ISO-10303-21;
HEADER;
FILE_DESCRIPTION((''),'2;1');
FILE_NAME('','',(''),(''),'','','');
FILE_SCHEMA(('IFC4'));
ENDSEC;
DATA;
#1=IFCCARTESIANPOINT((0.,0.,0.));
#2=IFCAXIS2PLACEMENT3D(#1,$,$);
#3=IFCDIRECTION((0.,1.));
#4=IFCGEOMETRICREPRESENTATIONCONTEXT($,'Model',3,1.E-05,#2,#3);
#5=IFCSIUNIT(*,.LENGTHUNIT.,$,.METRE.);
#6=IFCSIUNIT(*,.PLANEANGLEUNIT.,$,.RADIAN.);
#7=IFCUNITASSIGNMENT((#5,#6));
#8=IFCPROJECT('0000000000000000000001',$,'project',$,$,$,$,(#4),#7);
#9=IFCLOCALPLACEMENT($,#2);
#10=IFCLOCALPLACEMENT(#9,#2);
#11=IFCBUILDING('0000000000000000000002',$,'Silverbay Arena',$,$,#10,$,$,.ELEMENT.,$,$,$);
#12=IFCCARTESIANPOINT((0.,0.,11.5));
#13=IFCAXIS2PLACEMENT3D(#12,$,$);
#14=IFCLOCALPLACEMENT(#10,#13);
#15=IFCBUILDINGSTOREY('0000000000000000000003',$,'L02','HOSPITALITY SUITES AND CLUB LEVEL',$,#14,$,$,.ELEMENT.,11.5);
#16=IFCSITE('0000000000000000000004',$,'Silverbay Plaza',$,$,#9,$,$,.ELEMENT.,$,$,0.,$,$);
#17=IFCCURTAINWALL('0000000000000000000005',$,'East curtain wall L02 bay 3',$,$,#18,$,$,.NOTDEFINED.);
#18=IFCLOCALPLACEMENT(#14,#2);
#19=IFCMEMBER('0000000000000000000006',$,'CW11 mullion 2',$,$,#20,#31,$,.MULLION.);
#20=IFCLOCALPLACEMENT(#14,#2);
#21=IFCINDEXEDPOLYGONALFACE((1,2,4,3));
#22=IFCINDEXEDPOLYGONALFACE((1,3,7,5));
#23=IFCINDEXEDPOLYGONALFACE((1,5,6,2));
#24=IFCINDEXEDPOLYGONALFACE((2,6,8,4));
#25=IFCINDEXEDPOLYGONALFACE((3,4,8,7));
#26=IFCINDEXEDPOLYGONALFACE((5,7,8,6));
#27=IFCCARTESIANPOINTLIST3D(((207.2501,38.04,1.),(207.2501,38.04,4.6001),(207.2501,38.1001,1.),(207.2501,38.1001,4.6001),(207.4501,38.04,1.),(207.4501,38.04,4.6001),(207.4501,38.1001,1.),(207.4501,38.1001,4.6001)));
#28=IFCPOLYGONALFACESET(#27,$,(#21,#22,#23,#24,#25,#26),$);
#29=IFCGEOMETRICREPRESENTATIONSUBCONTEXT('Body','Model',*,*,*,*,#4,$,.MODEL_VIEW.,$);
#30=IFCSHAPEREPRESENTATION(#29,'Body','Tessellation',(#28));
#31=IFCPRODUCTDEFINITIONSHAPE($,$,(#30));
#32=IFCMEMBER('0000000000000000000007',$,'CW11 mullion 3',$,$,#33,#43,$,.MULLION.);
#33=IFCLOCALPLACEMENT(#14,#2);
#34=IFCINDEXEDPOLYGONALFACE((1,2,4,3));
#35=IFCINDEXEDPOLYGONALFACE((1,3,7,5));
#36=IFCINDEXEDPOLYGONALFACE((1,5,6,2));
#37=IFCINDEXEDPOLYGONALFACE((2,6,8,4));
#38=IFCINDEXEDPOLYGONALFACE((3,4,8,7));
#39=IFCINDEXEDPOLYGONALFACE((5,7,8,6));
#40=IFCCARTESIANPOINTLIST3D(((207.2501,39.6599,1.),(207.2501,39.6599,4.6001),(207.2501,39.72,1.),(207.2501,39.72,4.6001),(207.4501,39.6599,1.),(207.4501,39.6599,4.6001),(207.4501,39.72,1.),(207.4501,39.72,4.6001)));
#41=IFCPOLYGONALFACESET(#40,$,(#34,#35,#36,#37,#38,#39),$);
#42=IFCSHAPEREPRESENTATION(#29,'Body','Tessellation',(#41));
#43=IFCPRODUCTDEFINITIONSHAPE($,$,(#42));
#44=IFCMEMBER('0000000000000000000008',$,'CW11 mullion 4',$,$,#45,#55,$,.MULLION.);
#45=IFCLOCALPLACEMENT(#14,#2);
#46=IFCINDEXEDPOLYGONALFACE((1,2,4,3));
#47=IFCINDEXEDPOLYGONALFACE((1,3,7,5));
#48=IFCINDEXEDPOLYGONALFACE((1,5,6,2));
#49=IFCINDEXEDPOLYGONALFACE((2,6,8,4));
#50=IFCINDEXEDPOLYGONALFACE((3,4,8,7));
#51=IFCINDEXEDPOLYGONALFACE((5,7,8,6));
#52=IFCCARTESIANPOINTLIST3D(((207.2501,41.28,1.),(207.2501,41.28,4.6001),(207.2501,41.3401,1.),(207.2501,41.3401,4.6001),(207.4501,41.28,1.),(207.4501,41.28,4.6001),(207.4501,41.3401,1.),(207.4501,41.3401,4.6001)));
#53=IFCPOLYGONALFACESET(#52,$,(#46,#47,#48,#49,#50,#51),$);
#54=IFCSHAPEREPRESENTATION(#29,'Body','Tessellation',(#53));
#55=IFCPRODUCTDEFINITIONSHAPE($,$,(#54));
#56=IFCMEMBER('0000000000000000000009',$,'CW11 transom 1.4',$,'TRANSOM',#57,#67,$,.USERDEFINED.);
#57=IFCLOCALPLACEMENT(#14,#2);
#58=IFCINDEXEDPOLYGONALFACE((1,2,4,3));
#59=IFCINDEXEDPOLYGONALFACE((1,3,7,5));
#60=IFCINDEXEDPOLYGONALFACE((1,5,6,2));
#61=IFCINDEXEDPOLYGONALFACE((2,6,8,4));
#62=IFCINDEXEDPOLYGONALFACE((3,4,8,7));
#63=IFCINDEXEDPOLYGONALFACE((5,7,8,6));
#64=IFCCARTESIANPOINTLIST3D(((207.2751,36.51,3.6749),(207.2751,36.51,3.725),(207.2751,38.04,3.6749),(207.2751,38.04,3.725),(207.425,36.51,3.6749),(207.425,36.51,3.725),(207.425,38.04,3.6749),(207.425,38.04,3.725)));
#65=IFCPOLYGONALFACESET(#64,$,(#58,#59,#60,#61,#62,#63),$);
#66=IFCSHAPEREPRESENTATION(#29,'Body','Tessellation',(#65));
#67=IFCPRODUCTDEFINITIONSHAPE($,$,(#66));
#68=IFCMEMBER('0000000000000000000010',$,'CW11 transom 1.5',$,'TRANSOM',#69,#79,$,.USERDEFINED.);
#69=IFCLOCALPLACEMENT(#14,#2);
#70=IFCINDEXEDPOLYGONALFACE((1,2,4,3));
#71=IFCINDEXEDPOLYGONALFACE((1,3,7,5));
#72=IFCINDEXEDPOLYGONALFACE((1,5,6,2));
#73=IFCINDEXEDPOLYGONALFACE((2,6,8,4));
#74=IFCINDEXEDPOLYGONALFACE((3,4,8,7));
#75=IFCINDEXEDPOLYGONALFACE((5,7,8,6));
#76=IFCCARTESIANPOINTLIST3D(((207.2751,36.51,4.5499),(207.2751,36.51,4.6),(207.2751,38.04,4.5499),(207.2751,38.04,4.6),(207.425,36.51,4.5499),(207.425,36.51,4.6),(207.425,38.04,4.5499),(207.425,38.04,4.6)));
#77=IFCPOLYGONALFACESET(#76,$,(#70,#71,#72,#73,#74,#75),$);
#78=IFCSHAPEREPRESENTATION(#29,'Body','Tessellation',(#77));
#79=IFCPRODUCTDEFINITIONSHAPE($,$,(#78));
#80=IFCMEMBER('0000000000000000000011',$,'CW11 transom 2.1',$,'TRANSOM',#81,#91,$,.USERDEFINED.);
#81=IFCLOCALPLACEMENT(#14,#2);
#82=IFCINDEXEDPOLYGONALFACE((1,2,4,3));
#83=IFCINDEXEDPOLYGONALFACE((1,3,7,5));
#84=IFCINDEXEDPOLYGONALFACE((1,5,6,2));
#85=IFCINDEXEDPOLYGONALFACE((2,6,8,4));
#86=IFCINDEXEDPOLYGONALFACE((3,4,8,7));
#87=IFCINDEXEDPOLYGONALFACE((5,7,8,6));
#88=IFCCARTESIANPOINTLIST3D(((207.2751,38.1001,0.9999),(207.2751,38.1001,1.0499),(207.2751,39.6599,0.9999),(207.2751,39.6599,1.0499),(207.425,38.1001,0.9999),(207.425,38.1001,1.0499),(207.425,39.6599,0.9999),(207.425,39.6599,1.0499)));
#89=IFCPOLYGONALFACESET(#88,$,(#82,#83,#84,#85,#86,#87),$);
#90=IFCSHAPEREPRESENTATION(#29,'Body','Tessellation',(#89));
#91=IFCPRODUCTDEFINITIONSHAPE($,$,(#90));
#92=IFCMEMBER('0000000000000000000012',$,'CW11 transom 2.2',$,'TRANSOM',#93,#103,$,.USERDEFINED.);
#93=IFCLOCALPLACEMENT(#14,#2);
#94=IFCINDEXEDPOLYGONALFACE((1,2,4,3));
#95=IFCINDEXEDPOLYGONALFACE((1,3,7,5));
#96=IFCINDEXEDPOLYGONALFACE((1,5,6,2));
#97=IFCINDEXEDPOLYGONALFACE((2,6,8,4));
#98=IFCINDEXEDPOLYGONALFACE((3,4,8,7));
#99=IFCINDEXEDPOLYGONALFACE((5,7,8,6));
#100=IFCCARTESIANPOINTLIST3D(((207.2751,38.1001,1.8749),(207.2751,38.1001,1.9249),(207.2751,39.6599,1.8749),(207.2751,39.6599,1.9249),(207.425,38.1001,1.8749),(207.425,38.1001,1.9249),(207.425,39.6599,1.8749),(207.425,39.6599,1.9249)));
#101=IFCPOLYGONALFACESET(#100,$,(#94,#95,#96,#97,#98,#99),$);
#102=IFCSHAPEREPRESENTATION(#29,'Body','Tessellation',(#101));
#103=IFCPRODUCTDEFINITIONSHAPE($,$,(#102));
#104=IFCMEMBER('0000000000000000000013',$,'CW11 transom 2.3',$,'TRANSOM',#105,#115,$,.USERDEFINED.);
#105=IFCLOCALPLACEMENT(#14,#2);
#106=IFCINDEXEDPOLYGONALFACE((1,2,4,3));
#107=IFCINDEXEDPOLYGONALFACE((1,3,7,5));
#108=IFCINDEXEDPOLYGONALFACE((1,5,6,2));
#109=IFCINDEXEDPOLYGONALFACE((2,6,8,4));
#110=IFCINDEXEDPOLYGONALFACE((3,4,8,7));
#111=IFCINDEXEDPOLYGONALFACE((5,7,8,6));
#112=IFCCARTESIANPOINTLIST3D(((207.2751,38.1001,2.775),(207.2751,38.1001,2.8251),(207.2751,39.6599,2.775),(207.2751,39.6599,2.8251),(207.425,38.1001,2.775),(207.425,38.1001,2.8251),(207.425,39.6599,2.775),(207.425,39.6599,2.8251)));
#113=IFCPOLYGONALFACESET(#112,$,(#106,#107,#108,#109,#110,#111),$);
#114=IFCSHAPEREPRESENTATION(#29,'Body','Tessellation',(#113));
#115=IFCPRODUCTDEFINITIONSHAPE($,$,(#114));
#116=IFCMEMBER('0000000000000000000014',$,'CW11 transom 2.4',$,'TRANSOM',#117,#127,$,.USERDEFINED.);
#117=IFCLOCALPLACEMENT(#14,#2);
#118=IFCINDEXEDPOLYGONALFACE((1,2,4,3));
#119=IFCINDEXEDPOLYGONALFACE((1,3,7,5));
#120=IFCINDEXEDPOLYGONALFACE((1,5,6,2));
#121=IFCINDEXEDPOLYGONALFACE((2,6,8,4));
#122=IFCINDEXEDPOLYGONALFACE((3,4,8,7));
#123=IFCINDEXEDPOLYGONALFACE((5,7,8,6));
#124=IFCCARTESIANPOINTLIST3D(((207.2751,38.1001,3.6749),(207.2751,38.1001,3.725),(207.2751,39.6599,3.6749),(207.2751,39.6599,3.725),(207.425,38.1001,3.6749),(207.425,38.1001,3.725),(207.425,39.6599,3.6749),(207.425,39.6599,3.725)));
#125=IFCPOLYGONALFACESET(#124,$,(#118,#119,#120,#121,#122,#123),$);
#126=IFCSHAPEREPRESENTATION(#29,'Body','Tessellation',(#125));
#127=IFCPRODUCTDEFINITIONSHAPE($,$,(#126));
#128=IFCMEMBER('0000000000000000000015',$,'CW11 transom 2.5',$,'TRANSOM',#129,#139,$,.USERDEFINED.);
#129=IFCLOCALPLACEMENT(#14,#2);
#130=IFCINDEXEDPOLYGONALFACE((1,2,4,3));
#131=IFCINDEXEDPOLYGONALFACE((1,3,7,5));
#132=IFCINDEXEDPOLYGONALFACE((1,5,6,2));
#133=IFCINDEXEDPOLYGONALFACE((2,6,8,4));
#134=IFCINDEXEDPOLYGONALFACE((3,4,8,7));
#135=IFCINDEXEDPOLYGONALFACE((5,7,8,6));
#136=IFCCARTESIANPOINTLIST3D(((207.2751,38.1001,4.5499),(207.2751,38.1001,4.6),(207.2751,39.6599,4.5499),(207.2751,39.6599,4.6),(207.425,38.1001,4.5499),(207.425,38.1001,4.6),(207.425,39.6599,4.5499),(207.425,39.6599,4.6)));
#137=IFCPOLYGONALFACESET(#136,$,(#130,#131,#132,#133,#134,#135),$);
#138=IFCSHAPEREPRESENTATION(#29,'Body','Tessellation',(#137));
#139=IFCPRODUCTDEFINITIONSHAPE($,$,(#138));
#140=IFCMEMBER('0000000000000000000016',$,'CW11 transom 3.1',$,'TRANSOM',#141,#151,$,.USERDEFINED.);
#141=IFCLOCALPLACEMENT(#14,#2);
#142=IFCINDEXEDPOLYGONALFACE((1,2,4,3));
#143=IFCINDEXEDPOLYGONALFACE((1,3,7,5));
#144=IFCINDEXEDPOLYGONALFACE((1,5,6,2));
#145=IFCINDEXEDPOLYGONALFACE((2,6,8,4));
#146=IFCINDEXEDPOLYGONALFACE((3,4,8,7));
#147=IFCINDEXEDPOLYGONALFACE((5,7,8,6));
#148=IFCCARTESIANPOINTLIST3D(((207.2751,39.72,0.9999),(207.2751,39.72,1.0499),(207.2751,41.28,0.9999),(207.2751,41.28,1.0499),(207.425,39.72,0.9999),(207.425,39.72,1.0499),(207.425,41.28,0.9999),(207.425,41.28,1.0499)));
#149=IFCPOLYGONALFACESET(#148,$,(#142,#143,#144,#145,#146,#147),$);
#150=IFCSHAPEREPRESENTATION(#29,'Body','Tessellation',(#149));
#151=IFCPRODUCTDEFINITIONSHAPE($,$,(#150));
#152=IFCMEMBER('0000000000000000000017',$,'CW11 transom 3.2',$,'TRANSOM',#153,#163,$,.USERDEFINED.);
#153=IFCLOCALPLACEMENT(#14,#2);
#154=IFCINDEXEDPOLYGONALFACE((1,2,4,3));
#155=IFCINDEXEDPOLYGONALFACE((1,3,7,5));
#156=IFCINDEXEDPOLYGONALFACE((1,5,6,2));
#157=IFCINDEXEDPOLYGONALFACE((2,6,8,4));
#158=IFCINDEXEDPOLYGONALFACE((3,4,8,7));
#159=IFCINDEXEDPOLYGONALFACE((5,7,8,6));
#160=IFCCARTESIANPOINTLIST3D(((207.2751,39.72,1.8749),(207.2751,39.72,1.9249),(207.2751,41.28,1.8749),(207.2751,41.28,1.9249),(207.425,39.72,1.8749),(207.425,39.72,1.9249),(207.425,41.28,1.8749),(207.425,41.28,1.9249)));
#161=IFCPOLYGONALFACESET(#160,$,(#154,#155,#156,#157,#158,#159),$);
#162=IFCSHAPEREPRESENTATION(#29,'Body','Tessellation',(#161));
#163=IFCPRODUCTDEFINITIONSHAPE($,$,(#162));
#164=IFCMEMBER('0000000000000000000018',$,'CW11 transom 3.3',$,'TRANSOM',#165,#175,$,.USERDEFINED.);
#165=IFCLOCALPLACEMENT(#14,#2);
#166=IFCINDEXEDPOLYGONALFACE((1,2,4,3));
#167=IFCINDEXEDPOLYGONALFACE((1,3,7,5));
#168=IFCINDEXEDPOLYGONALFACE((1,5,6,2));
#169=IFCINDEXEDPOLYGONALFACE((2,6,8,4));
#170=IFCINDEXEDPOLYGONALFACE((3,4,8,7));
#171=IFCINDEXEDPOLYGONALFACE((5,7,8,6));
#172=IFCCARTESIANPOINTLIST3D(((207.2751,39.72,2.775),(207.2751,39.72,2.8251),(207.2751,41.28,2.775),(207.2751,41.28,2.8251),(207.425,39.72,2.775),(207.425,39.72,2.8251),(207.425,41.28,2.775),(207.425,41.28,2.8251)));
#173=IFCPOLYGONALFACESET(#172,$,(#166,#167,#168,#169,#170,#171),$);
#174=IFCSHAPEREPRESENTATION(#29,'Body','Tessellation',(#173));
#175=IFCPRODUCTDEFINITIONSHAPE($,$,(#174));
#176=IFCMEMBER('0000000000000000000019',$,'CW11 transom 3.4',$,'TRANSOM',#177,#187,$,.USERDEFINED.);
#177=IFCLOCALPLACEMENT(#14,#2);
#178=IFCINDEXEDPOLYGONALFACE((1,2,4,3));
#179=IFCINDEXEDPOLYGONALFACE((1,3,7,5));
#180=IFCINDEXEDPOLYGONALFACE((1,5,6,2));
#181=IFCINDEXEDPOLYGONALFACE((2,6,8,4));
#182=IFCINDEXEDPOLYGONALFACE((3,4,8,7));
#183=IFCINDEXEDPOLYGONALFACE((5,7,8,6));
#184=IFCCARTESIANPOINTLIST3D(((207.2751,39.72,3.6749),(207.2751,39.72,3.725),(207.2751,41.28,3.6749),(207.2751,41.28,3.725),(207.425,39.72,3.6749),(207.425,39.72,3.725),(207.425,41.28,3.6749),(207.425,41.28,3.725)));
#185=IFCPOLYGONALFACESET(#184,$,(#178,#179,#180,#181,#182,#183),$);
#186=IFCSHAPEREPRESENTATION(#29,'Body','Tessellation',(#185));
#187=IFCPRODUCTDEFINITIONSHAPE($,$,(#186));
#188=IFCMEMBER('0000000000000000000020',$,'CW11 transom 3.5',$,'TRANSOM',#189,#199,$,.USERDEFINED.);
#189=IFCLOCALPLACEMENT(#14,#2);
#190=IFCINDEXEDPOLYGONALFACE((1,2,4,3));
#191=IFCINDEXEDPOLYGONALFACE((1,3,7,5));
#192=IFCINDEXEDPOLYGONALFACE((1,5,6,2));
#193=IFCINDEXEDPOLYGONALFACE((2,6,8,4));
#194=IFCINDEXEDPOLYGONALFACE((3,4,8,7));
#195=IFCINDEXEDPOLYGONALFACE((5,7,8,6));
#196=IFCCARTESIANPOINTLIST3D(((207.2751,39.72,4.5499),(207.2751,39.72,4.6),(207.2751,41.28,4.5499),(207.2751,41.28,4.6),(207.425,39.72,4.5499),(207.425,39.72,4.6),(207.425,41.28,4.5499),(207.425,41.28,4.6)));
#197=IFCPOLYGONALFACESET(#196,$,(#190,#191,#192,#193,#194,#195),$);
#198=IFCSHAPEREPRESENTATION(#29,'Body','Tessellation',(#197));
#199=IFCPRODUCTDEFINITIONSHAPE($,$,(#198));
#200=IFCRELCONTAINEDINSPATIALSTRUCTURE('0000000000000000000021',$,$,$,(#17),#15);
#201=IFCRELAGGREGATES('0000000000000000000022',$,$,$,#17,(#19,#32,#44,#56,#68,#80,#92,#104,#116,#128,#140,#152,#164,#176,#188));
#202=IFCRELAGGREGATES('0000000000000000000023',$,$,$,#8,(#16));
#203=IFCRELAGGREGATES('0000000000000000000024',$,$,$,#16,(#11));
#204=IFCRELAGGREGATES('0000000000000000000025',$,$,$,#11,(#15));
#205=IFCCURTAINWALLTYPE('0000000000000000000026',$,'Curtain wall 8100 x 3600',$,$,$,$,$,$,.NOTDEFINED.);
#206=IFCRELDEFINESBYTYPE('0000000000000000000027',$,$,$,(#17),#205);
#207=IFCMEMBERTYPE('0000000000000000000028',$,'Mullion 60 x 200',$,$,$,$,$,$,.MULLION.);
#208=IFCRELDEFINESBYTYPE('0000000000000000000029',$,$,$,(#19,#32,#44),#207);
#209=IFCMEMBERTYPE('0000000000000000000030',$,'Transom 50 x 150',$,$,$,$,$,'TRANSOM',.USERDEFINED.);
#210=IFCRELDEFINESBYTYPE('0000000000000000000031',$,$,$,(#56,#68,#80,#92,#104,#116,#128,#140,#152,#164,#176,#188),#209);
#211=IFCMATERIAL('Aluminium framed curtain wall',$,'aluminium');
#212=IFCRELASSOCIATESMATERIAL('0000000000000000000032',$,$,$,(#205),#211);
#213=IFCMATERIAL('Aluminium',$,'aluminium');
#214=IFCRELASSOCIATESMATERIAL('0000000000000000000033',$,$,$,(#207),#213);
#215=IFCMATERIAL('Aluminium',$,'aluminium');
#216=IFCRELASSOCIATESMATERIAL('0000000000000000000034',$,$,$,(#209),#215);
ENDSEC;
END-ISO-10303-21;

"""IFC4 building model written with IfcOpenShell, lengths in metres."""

from ifc_helpers import new_model, si_unit, direction, frame, origin, origin_2d, place, context, subcontext, project, spatial, rectangle, extrude, material, material_profile, profile_set, type_object, element, aggregate, save


model = new_model("IFC4")

# Units and contexts
model_context = context("Model", 3, precision=1e-05, world=origin(), true_north=direction((0.0, 1.0)))
body_context = subcontext(model_context, "Body", "Model", "MODEL_VIEW")
ifc_project = project(units=[si_unit("LENGTHUNIT", "METRE"), si_unit("PLANEANGLEUNIT", "RADIAN")], contexts=[model_context])

# Site, building, storey
site_placement = place(None, origin())
site = spatial("IfcSite", under=ifc_project, at=site_placement, Name="Silverbay Plaza", CompositionType="ELEMENT", RefElevation=0.0)
building_placement = place(site_placement, origin())
building = spatial("IfcBuilding", under=site, at=building_placement, Name="Silverbay Arena", CompositionType="ELEMENT")
storey_placement = place(building_placement, frame((0.0, 0.0, 11.5)))
storey = spatial("IfcBuildingStorey", under=building, at=storey_placement, Name="L02", Description="HOSPITALITY SUITES AND CLUB LEVEL", CompositionType="ELEMENT", Elevation=11.5)

# Curtain wall, members
ifc_material_1 = material(Name="Aluminium framed curtain wall", Category="aluminium")
curtain_wall_type = type_object("IfcCurtainWallType", Name="Curtain wall 8100 x 3600", PredefinedType="NOTDEFINED", material=ifc_material_1)
curtain_wall_placement = place(storey_placement, origin())
curtain_wall = element("IfcCurtainWall", 1, at=curtain_wall_placement, inside=storey, type_object=curtain_wall_type, Name="East curtain wall L02 bay 3", PredefinedType="NOTDEFINED")
ifc_material_2 = material(Name="Aluminium", Category="aluminium")
ifc_material_profile_1 = material_profile(ifc_material_2, rectangle(XDim=0.2, YDim=0.0601, at=origin_2d()), Name="Mullion 60 x 200")
ifc_profile_set_1 = profile_set([ifc_material_profile_1], Name="Aluminium")
member_type_1 = type_object("IfcMemberType", Name="Mullion 60 x 200", PredefinedType="MULLION", material=ifc_profile_set_1)
member_1_placement = place(storey_placement, frame((207.3501, 38.0701, 1.0), z_axis=(0.0, 0.0, 1.0), x_axis=(-1.0, 0.0, 0.0)))
member_1 = element("IfcMember", 2, at=member_1_placement, type_object=member_type_1, Name="CW11 mullion 2", PredefinedType="MULLION", context=body_context, shape_type="SweptSolid", body=[
    extrude(rectangle(XDim=0.2, YDim=0.0601, at=origin_2d()), origin(), (0.0, 0.0, 1.0), 3.6001),
])
member_2_placement = place(storey_placement, frame((207.3501, 39.6899, 1.0), z_axis=(0.0, 0.0, 1.0), x_axis=(-1.0, 0.0, 0.0)))
member_2 = element("IfcMember", 3, at=member_2_placement, type_object=member_type_1, Name="CW11 mullion 3", PredefinedType="MULLION", context=body_context, shape_type="SweptSolid", body=[
    extrude(rectangle(XDim=0.2, YDim=0.0601, at=origin_2d()), origin(), (0.0, 0.0, 1.0), 3.6001),
])
member_3_placement = place(storey_placement, frame((207.3501, 41.3101, 1.0), z_axis=(0.0, 0.0, 1.0), x_axis=(-1.0, 0.0, 0.0)))
member_3 = element("IfcMember", 4, at=member_3_placement, type_object=member_type_1, Name="CW11 mullion 4", PredefinedType="MULLION", context=body_context, shape_type="SweptSolid", body=[
    extrude(rectangle(XDim=0.2, YDim=0.0601, at=origin_2d()), origin(), (0.0, 0.0, 1.0), 3.6001),
])
ifc_material_3 = material(Name="Aluminium", Category="aluminium")
ifc_material_profile_2 = material_profile(ifc_material_3, rectangle(XDim=0.1499, YDim=0.05, at=origin_2d()), Name="Transom 50 x 150")
ifc_profile_set_2 = profile_set([ifc_material_profile_2], Name="Aluminium")
member_type_2 = type_object("IfcMemberType", Name="Transom 50 x 150", ElementType="TRANSOM", PredefinedType="USERDEFINED", material=ifc_profile_set_2)
member_4_placement = place(storey_placement, frame((207.3501, 36.51, 3.7), z_axis=(0.0, 1.0, 0.0), x_axis=(-1.0, 0.0, 0.0)))
member_4 = element("IfcMember", 5, at=member_4_placement, type_object=member_type_2, Name="CW11 transom 1.4", ObjectType="TRANSOM", PredefinedType="USERDEFINED", context=body_context, shape_type="SweptSolid", body=[
    extrude(rectangle(XDim=0.1499, YDim=0.05, at=origin_2d()), origin(), (0.0, 0.0, 1.0), 1.53),
])
member_5_placement = place(storey_placement, frame((207.3501, 36.51, 4.575), z_axis=(0.0, 1.0, 0.0), x_axis=(-1.0, 0.0, 0.0)))
member_5 = element("IfcMember", 6, at=member_5_placement, type_object=member_type_2, Name="CW11 transom 1.5", ObjectType="TRANSOM", PredefinedType="USERDEFINED", context=body_context, shape_type="SweptSolid", body=[
    extrude(rectangle(XDim=0.1499, YDim=0.05, at=origin_2d()), origin(), (0.0, 0.0, 1.0), 1.53),
])
member_6_placement = place(storey_placement, frame((207.3501, 38.1001, 1.0249), z_axis=(0.0, 1.0, 0.0), x_axis=(-1.0, 0.0, 0.0)))
member_6 = element("IfcMember", 7, at=member_6_placement, type_object=member_type_2, Name="CW11 transom 2.1", ObjectType="TRANSOM", PredefinedType="USERDEFINED", context=body_context, shape_type="SweptSolid", body=[
    extrude(rectangle(XDim=0.1499, YDim=0.05, at=origin_2d()), origin(), (0.0, 0.0, 1.0), 1.5598),
])
member_7_placement = place(storey_placement, frame((207.3501, 38.1001, 1.8999), z_axis=(0.0, 1.0, 0.0), x_axis=(-1.0, 0.0, 0.0)))
member_7 = element("IfcMember", 8, at=member_7_placement, type_object=member_type_2, Name="CW11 transom 2.2", ObjectType="TRANSOM", PredefinedType="USERDEFINED", context=body_context, shape_type="SweptSolid", body=[
    extrude(rectangle(XDim=0.1499, YDim=0.05, at=origin_2d()), origin(), (0.0, 0.0, 1.0), 1.5598),
])
member_8_placement = place(storey_placement, frame((207.3501, 38.1001, 2.8), z_axis=(0.0, 1.0, 0.0), x_axis=(-1.0, 0.0, 0.0)))
member_8 = element("IfcMember", 9, at=member_8_placement, type_object=member_type_2, Name="CW11 transom 2.3", ObjectType="TRANSOM", PredefinedType="USERDEFINED", context=body_context, shape_type="SweptSolid", body=[
    extrude(rectangle(XDim=0.1499, YDim=0.05, at=origin_2d()), origin(), (0.0, 0.0, 1.0), 1.5598),
])
member_9_placement = place(storey_placement, frame((207.3501, 38.1001, 3.7), z_axis=(0.0, 1.0, 0.0), x_axis=(-1.0, 0.0, 0.0)))
member_9 = element("IfcMember", 10, at=member_9_placement, type_object=member_type_2, Name="CW11 transom 2.4", ObjectType="TRANSOM", PredefinedType="USERDEFINED", context=body_context, shape_type="SweptSolid", body=[
    extrude(rectangle(XDim=0.1499, YDim=0.05, at=origin_2d()), origin(), (0.0, 0.0, 1.0), 1.5598),
])
member_10_placement = place(storey_placement, frame((207.3501, 38.1001, 4.575), z_axis=(0.0, 1.0, 0.0), x_axis=(-1.0, 0.0, 0.0)))
member_10 = element("IfcMember", 11, at=member_10_placement, type_object=member_type_2, Name="CW11 transom 2.5", ObjectType="TRANSOM", PredefinedType="USERDEFINED", context=body_context, shape_type="SweptSolid", body=[
    extrude(rectangle(XDim=0.1499, YDim=0.05, at=origin_2d()), origin(), (0.0, 0.0, 1.0), 1.5598),
])
member_11_placement = place(storey_placement, frame((207.3501, 39.72, 1.0249), z_axis=(0.0, 1.0, 0.0), x_axis=(-1.0, 0.0, 0.0)))
member_11 = element("IfcMember", 12, at=member_11_placement, type_object=member_type_2, Name="CW11 transom 3.1", ObjectType="TRANSOM", PredefinedType="USERDEFINED", context=body_context, shape_type="SweptSolid", body=[
    extrude(rectangle(XDim=0.1499, YDim=0.05, at=origin_2d()), origin(), (0.0, 0.0, 1.0), 1.5601),
])
member_12_placement = place(storey_placement, frame((207.3501, 39.72, 1.8999), z_axis=(0.0, 1.0, 0.0), x_axis=(-1.0, 0.0, 0.0)))
member_12 = element("IfcMember", 13, at=member_12_placement, type_object=member_type_2, Name="CW11 transom 3.2", ObjectType="TRANSOM", PredefinedType="USERDEFINED", context=body_context, shape_type="SweptSolid", body=[
    extrude(rectangle(XDim=0.1499, YDim=0.05, at=origin_2d()), origin(), (0.0, 0.0, 1.0), 1.5601),
])
member_13_placement = place(storey_placement, frame((207.3501, 39.72, 2.8), z_axis=(0.0, 1.0, 0.0), x_axis=(-1.0, 0.0, 0.0)))
member_13 = element("IfcMember", 14, at=member_13_placement, type_object=member_type_2, Name="CW11 transom 3.3", ObjectType="TRANSOM", PredefinedType="USERDEFINED", context=body_context, shape_type="SweptSolid", body=[
    extrude(rectangle(XDim=0.1499, YDim=0.05, at=origin_2d()), origin(), (0.0, 0.0, 1.0), 1.5601),
])
member_14_placement = place(storey_placement, frame((207.3501, 39.72, 3.7), z_axis=(0.0, 1.0, 0.0), x_axis=(-1.0, 0.0, 0.0)))
member_14 = element("IfcMember", 15, at=member_14_placement, type_object=member_type_2, Name="CW11 transom 3.4", ObjectType="TRANSOM", PredefinedType="USERDEFINED", context=body_context, shape_type="SweptSolid", body=[
    extrude(rectangle(XDim=0.1499, YDim=0.05, at=origin_2d()), origin(), (0.0, 0.0, 1.0), 1.5601),
])
member_15_placement = place(storey_placement, frame((207.3501, 39.72, 4.575), z_axis=(0.0, 1.0, 0.0), x_axis=(-1.0, 0.0, 0.0)))
member_15 = element("IfcMember", 16, at=member_15_placement, type_object=member_type_2, Name="CW11 transom 3.5", ObjectType="TRANSOM", PredefinedType="USERDEFINED", context=body_context, shape_type="SweptSolid", body=[
    extrude(rectangle(XDim=0.1499, YDim=0.05, at=origin_2d()), origin(), (0.0, 0.0, 1.0), 1.5601),
])
aggregate(curtain_wall, [member_1, member_2, member_3, member_4, member_5, member_6, member_7, member_8, member_9, member_10, member_11, member_12, member_13, member_14, member_15])

save(model, "model.ifc")
